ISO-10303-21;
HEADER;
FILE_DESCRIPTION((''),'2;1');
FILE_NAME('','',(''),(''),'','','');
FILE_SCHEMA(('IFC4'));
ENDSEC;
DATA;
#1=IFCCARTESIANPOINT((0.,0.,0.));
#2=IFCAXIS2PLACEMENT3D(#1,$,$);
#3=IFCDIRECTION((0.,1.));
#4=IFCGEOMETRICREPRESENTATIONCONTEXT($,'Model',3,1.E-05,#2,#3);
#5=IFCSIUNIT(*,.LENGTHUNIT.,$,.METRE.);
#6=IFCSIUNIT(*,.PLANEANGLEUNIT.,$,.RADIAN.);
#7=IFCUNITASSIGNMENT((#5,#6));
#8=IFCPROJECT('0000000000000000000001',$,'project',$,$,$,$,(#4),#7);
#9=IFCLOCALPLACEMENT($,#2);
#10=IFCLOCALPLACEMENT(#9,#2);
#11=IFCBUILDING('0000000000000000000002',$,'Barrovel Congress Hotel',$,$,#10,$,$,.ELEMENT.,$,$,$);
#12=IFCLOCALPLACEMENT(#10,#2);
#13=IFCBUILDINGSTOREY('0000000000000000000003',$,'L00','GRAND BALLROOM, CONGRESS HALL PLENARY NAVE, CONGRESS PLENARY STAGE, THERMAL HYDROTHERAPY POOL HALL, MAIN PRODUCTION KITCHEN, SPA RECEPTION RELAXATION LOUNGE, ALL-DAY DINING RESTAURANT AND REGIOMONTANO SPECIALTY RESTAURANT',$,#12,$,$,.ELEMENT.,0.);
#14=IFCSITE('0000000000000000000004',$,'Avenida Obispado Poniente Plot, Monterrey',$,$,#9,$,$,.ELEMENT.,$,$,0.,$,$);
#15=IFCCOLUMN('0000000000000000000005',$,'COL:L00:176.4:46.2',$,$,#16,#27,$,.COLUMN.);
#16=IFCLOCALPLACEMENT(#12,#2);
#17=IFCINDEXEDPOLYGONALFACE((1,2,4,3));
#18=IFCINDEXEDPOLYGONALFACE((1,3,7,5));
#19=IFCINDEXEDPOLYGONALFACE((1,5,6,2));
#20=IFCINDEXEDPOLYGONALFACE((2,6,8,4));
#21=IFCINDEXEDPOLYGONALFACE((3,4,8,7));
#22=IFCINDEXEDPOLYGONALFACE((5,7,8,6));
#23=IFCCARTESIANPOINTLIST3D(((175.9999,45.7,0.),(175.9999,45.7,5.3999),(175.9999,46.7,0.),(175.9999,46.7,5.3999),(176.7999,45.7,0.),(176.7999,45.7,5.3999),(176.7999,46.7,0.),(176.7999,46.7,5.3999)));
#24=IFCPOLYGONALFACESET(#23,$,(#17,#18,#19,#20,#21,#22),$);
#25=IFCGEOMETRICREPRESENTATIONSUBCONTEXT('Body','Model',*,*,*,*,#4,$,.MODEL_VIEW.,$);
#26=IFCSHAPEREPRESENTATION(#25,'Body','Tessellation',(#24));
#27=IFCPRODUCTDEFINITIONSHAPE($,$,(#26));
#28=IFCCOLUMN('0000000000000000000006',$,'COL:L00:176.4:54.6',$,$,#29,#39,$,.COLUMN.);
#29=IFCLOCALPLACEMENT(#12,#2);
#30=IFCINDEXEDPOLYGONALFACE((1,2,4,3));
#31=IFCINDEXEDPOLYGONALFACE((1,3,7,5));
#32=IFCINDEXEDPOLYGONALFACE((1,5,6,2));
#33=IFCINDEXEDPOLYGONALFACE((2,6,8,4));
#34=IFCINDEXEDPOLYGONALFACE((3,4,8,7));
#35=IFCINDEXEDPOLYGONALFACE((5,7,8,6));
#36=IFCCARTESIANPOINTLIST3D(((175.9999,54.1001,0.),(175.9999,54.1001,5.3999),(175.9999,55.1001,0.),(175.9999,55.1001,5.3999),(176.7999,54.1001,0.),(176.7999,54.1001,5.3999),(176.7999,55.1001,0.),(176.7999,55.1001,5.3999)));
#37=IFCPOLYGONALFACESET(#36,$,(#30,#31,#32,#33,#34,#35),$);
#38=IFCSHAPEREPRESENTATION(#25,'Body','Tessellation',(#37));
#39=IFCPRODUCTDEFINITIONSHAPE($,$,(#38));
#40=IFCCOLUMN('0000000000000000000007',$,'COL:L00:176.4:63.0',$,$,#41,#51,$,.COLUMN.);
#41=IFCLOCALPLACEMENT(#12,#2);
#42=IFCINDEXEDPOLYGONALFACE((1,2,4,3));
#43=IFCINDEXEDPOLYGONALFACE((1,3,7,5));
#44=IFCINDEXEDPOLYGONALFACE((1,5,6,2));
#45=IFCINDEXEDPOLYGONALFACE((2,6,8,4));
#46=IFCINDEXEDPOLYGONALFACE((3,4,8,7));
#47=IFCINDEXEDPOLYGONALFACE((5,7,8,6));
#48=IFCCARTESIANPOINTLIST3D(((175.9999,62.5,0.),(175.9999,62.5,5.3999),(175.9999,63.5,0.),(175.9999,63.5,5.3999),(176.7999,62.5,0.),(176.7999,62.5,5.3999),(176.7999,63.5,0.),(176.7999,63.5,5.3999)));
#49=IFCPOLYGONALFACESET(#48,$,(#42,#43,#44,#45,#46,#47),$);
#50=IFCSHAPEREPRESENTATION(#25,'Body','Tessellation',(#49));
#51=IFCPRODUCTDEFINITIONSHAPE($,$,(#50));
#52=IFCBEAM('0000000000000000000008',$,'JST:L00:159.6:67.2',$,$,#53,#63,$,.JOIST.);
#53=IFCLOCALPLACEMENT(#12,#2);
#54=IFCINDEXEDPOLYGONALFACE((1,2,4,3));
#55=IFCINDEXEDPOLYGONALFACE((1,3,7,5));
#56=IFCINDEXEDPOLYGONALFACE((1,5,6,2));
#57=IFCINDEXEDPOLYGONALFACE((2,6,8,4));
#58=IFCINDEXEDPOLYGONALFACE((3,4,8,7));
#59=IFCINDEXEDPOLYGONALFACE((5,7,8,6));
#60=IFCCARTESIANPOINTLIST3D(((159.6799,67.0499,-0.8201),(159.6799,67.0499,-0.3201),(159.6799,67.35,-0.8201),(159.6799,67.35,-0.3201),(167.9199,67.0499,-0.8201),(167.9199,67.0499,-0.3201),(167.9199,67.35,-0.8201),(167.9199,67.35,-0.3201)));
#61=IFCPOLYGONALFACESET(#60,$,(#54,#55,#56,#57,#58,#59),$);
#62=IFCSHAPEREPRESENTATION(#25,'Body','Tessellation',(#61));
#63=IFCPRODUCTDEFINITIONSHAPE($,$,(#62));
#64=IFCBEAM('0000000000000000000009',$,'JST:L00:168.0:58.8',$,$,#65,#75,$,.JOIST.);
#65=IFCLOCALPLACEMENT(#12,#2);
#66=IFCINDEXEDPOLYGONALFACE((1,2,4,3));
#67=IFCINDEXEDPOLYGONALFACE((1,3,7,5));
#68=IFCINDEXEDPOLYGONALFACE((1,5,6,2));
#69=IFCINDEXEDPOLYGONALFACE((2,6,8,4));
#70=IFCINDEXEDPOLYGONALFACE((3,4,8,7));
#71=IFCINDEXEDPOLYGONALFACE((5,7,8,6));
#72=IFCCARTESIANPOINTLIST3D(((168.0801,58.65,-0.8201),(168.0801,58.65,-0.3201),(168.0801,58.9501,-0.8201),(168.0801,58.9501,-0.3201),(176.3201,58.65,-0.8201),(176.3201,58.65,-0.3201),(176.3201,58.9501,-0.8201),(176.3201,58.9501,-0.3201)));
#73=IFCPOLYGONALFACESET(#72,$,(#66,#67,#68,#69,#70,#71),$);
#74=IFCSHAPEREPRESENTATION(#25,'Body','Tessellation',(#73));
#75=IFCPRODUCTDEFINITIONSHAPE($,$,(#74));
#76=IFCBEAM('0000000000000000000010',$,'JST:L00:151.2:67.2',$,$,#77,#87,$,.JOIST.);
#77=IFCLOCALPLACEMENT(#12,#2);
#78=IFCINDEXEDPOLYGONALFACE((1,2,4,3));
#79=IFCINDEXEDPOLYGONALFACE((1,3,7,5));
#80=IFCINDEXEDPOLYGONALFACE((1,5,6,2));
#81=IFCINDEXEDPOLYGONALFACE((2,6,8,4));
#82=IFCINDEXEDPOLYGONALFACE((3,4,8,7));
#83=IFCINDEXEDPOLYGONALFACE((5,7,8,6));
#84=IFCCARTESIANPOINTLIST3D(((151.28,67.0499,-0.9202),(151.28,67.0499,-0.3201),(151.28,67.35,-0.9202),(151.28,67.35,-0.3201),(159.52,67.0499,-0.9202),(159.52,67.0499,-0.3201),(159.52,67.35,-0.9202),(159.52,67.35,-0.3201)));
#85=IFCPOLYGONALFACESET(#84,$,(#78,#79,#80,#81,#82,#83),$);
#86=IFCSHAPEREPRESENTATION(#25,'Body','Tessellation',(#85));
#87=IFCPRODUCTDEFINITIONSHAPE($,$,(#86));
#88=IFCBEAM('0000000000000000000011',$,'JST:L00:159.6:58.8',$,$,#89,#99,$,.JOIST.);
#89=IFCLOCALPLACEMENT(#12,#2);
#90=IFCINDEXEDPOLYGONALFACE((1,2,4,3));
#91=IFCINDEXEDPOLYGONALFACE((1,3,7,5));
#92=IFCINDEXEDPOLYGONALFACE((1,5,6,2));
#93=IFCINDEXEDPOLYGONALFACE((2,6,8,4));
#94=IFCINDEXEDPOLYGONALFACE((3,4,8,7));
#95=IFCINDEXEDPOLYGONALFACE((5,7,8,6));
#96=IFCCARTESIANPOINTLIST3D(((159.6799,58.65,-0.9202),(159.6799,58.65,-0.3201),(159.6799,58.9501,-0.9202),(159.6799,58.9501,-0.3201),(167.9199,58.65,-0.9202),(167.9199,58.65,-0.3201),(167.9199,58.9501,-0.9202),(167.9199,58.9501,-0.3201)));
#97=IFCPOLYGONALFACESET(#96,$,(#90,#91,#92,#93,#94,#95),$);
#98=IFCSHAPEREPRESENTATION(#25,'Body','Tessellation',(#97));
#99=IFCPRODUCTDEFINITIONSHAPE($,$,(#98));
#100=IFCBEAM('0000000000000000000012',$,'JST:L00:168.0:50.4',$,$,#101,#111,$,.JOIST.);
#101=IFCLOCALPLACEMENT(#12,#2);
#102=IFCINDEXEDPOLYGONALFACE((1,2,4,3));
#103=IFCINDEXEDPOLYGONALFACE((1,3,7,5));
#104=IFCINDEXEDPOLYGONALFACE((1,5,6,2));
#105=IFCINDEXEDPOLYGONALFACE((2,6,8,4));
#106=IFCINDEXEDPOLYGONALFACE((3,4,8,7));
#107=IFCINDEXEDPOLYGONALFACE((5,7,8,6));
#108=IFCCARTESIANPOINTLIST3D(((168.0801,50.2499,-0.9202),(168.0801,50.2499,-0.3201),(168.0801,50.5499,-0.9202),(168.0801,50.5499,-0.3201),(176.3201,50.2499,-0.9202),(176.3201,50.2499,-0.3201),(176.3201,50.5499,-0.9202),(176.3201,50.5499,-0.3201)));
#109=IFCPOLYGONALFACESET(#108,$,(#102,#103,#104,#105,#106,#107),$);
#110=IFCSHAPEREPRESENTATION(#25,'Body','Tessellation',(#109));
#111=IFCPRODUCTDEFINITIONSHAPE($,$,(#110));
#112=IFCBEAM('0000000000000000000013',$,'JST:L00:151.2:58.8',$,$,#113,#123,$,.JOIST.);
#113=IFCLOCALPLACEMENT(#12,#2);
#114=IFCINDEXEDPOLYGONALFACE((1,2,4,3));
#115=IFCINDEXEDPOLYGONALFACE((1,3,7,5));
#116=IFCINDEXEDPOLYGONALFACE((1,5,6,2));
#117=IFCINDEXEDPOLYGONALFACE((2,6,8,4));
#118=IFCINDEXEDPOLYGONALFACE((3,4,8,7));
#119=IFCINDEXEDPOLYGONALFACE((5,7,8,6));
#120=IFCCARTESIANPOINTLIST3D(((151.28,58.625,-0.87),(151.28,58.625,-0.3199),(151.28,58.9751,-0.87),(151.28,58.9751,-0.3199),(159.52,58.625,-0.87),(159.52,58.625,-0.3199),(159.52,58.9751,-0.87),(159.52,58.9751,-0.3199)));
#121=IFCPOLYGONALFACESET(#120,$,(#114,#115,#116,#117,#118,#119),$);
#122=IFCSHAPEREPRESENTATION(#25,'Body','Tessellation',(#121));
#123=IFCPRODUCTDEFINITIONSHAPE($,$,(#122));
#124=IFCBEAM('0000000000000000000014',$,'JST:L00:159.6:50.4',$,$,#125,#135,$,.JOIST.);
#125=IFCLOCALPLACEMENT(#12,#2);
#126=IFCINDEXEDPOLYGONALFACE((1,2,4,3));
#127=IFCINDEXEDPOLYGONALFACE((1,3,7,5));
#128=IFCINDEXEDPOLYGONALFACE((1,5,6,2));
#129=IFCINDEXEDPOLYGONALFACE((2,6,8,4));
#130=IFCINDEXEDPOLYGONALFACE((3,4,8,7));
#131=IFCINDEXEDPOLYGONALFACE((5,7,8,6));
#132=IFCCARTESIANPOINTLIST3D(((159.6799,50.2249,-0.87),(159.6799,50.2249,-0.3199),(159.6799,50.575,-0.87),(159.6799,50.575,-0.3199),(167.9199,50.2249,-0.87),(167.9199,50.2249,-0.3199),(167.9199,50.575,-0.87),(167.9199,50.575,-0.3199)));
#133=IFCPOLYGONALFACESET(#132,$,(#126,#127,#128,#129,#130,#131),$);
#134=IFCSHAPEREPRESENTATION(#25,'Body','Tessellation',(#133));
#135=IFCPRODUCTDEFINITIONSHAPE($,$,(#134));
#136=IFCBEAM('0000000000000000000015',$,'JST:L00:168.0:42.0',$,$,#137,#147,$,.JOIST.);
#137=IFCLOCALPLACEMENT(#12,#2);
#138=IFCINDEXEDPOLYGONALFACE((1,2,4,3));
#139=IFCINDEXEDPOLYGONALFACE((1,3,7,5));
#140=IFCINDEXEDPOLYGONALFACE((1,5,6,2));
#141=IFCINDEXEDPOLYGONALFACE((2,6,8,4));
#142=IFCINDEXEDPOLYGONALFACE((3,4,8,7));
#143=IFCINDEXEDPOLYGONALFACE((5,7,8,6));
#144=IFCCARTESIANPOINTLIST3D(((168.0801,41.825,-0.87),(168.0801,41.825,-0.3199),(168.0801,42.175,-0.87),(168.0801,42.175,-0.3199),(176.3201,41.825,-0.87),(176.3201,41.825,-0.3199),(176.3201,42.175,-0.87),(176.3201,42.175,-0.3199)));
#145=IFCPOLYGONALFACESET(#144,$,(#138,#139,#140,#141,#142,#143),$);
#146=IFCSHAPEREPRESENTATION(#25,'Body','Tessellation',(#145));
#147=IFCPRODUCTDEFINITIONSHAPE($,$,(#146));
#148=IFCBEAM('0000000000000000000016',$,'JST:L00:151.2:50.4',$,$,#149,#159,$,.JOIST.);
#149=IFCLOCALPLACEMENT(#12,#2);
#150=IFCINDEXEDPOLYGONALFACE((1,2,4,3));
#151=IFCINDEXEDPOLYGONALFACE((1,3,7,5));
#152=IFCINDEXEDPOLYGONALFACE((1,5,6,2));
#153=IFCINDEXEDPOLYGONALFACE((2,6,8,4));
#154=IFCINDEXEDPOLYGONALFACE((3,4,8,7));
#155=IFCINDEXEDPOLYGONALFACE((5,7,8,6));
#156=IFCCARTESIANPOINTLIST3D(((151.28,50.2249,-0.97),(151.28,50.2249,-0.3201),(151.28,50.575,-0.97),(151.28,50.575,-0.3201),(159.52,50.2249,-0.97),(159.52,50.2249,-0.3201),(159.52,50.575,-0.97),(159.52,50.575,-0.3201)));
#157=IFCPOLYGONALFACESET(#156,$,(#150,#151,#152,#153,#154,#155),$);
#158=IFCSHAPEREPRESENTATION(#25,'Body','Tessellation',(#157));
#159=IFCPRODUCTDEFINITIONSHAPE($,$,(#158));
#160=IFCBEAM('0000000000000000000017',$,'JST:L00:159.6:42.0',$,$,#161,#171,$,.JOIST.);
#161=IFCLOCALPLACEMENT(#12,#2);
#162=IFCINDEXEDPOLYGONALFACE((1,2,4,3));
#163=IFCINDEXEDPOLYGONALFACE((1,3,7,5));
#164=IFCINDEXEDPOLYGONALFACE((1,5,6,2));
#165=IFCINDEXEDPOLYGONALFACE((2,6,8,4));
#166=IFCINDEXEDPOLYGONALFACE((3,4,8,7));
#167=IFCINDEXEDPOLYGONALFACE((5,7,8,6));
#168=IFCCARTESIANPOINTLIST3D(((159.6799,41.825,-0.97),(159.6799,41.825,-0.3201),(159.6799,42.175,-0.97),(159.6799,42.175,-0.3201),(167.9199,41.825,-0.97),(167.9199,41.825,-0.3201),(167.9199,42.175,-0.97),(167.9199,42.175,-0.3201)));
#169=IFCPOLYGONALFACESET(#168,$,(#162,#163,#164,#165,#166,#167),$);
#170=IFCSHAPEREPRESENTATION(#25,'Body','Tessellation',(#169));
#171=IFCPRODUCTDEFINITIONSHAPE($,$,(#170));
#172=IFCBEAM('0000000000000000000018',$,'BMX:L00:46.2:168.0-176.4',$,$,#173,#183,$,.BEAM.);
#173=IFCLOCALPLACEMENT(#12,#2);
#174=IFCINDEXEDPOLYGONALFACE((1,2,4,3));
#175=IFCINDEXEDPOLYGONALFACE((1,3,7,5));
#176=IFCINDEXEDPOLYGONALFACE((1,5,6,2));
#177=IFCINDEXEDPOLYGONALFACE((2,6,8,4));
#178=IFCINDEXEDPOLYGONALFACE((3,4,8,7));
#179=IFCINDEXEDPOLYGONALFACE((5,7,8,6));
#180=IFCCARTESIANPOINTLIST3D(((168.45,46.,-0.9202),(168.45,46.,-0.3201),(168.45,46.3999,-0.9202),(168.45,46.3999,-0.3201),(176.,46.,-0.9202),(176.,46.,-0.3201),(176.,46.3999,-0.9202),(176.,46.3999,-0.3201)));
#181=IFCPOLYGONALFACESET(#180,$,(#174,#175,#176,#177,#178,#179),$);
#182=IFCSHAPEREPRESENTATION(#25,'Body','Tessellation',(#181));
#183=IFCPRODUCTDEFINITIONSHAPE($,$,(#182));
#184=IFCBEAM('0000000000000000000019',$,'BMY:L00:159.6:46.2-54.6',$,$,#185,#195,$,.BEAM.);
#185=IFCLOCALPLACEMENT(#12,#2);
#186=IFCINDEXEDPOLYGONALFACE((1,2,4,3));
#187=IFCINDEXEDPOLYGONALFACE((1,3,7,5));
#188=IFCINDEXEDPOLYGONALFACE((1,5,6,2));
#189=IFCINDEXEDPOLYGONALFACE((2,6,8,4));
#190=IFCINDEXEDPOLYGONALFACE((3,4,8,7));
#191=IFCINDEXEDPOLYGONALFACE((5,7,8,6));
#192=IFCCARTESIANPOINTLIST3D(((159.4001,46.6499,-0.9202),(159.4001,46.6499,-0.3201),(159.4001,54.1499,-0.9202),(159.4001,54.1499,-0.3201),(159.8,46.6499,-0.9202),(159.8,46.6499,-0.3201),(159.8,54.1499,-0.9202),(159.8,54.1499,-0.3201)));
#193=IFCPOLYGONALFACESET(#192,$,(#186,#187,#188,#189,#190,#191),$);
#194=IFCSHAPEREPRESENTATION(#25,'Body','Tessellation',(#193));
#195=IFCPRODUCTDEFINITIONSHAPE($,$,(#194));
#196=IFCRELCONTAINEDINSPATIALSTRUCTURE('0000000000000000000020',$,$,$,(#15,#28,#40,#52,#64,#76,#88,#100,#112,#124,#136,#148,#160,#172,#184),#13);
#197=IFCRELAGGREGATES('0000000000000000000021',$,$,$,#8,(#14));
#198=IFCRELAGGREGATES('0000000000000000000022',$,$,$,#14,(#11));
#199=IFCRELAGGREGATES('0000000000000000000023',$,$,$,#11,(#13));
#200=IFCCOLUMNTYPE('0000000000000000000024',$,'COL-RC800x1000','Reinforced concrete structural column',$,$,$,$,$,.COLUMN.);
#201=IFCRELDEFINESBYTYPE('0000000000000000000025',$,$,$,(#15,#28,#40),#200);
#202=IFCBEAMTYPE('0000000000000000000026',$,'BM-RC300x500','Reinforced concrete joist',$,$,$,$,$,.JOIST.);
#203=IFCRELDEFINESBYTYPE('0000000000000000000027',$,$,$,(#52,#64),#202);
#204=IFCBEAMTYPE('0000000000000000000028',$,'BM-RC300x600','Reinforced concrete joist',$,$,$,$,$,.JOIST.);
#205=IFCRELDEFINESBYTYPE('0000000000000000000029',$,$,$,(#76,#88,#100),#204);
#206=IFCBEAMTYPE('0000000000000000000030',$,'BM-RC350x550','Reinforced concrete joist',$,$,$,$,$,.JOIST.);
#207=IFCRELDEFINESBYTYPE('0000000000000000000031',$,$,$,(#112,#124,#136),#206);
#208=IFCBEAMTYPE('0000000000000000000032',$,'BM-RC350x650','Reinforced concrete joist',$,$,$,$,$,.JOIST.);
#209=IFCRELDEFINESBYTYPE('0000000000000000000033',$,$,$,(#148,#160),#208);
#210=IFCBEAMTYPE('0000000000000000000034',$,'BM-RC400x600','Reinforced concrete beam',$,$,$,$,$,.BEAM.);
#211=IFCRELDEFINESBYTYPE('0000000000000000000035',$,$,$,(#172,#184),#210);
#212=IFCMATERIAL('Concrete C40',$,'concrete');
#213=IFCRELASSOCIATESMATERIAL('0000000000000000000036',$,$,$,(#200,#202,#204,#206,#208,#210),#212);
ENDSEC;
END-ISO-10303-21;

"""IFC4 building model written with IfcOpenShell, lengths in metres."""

from ifc_helpers import new_model, si_unit, direction, frame, origin, origin_2d, place, context, subcontext, project, spatial, rectangle, extrude, material, material_profile, profile_set, type_object, element, save


model = new_model("IFC4")

# Units and contexts
model_context = context("Model", 3, precision=1e-05, world=origin(), true_north=direction((0.0, 1.0)))
body_context = subcontext(model_context, "Body", "Model", "MODEL_VIEW")
ifc_project = project(units=[si_unit("LENGTHUNIT", "METRE"), si_unit("PLANEANGLEUNIT", "RADIAN")], contexts=[model_context])

# Site, building, storey
site_placement = place(None, origin())
site = spatial("IfcSite", under=ifc_project, at=site_placement, Name="Avenida Obispado Poniente Plot, Monterrey", CompositionType="ELEMENT", RefElevation=0.0)
building_placement = place(site_placement, origin())
building = spatial("IfcBuilding", under=site, at=building_placement, Name="Barrovel Congress Hotel", CompositionType="ELEMENT")
storey_placement = place(building_placement, origin())
storey = spatial("IfcBuildingStorey", under=building, at=storey_placement, Name="L00", Description="GRAND BALLROOM, CONGRESS HALL PLENARY NAVE, CONGRESS PLENARY STAGE, THERMAL HYDROTHERAPY POOL HALL, MAIN PRODUCTION KITCHEN, SPA RECEPTION RELAXATION LOUNGE, ALL-DAY DINING RESTAURANT AND REGIOMONTANO SPECIALTY RESTAURANT", CompositionType="ELEMENT", Elevation=0.0)

# Columns
ifc_material_1 = material(Name="Concrete C40", Category="concrete")
ifc_material_profile_1 = material_profile(ifc_material_1, rectangle(XDim=0.8, YDim=1.0, at=origin_2d()), Name="RC800x1000")
ifc_profile_set_1 = profile_set([ifc_material_profile_1], Name="Concrete C40")
column_type = type_object("IfcColumnType", Name="COL-RC800x1000", Description="Reinforced concrete structural column", PredefinedType="COLUMN", material=ifc_profile_set_1)
for number, where, z_axis, x_axis, name in (
    (1, (176.3999, 46.2, 0.0), (0.0, 0.0, 1.0), (1.0, 0.0, 0.0), "COL:L00:176.4:46.2"),
    (2, (176.3999, 54.6001, 0.0), (0.0, 0.0, 1.0), (1.0, 0.0, 0.0), "COL:L00:176.4:54.6"),
    (3, (176.3999, 63.0, 0.0), (0.0, 0.0, 1.0), (1.0, 0.0, 0.0), "COL:L00:176.4:63.0"),
):
    element("IfcColumn", number, at=place(storey_placement, frame(where, z_axis=z_axis, x_axis=x_axis)), inside=storey, type_object=column_type, Name=name, PredefinedType="COLUMN", context=body_context, shape_type="SweptSolid", body=[
        extrude(rectangle(XDim=0.8, YDim=1.0, at=origin_2d()), origin(), (0.0, 0.0, 1.0), 5.3999),
    ])

# Beams
ifc_material_profile_2 = material_profile(ifc_material_1, rectangle(XDim=0.3, YDim=0.5, at=origin_2d()), Name="RC300x500")
ifc_profile_set_2 = profile_set([ifc_material_profile_2], Name="Concrete C40")
beam_type_1 = type_object("IfcBeamType", Name="BM-RC300x500", Description="Reinforced concrete joist", PredefinedType="JOIST", material=ifc_profile_set_2)
for number, where, z_axis, x_axis, name in (
    (4, (159.6799, 67.2, -0.5701), (1.0, 0.0, 0.0), (0.0, 1.0, 0.0), "JST:L00:159.6:67.2"),
    (5, (168.0801, 58.8, -0.5701), (1.0, 0.0, 0.0), (0.0, 1.0, 0.0), "JST:L00:168.0:58.8"),
):
    element("IfcBeam", number, at=place(storey_placement, frame(where, z_axis=z_axis, x_axis=x_axis)), inside=storey, type_object=beam_type_1, Name=name, PredefinedType="JOIST", context=body_context, shape_type="SweptSolid", body=[
        extrude(rectangle(XDim=0.3, YDim=0.5, at=origin_2d()), origin(), (0.0, 0.0, 1.0), 8.24),
    ])
ifc_material_profile_3 = material_profile(ifc_material_1, rectangle(XDim=0.3, YDim=0.6001, at=origin_2d()), Name="RC300x600")
ifc_profile_set_3 = profile_set([ifc_material_profile_3], Name="Concrete C40")
beam_type_2 = type_object("IfcBeamType", Name="BM-RC300x600", Description="Reinforced concrete joist", PredefinedType="JOIST", material=ifc_profile_set_3)
for number, where, z_axis, x_axis, name in (
    (6, (151.28, 67.2, -0.6201), (1.0, 0.0, 0.0), (0.0, 1.0, 0.0), "JST:L00:151.2:67.2"),
    (7, (159.6799, 58.8, -0.6201), (1.0, 0.0, 0.0), (0.0, 1.0, 0.0), "JST:L00:159.6:58.8"),
    (8, (168.0801, 50.3999, -0.6201), (1.0, 0.0, 0.0), (0.0, 1.0, 0.0), "JST:L00:168.0:50.4"),
):
    element("IfcBeam", number, at=place(storey_placement, frame(where, z_axis=z_axis, x_axis=x_axis)), inside=storey, type_object=beam_type_2, Name=name, PredefinedType="JOIST", context=body_context, shape_type="SweptSolid", body=[
        extrude(rectangle(XDim=0.3, YDim=0.6001, at=origin_2d()), origin(), (0.0, 0.0, 1.0), 8.24),
    ])
ifc_material_profile_4 = material_profile(ifc_material_1, rectangle(XDim=0.3501, YDim=0.55, at=origin_2d()), Name="RC350x550")
ifc_profile_set_4 = profile_set([ifc_material_profile_4], Name="Concrete C40")
beam_type_3 = type_object("IfcBeamType", Name="BM-RC350x550", Description="Reinforced concrete joist", PredefinedType="JOIST", material=ifc_profile_set_4)
for number, where, z_axis, x_axis, name in (
    (9, (151.28, 58.8, -0.595), (1.0, 0.0, 0.0), (0.0, 1.0, 0.0), "JST:L00:151.2:58.8"),
    (10, (159.6799, 50.3999, -0.595), (1.0, 0.0, 0.0), (0.0, 1.0, 0.0), "JST:L00:159.6:50.4"),
    (11, (168.0801, 42.0, -0.595), (1.0, 0.0, 0.0), (0.0, 1.0, 0.0), "JST:L00:168.0:42.0"),
):
    element("IfcBeam", number, at=place(storey_placement, frame(where, z_axis=z_axis, x_axis=x_axis)), inside=storey, type_object=beam_type_3, Name=name, PredefinedType="JOIST", context=body_context, shape_type="SweptSolid", body=[
        extrude(rectangle(XDim=0.3501, YDim=0.55, at=origin_2d()), origin(), (0.0, 0.0, 1.0), 8.24),
    ])
ifc_material_profile_5 = material_profile(ifc_material_1, rectangle(XDim=0.3501, YDim=0.6499, at=origin_2d()), Name="RC350x650")
ifc_profile_set_5 = profile_set([ifc_material_profile_5], Name="Concrete C40")
beam_type_4 = type_object("IfcBeamType", Name="BM-RC350x650", Description="Reinforced concrete joist", PredefinedType="JOIST", material=ifc_profile_set_5)
for number, where, z_axis, x_axis, name in (
    (12, (151.28, 50.3999, -0.645), (1.0, 0.0, 0.0), (0.0, 1.0, 0.0), "JST:L00:151.2:50.4"),
    (13, (159.6799, 42.0, -0.645), (1.0, 0.0, 0.0), (0.0, 1.0, 0.0), "JST:L00:159.6:42.0"),
):
    element("IfcBeam", number, at=place(storey_placement, frame(where, z_axis=z_axis, x_axis=x_axis)), inside=storey, type_object=beam_type_4, Name=name, PredefinedType="JOIST", context=body_context, shape_type="SweptSolid", body=[
        extrude(rectangle(XDim=0.3501, YDim=0.6499, at=origin_2d()), origin(), (0.0, 0.0, 1.0), 8.24),
    ])
ifc_material_profile_6 = material_profile(ifc_material_1, rectangle(XDim=0.3999, YDim=0.6001, at=origin_2d()), Name="RC400x600")
ifc_profile_set_6 = profile_set([ifc_material_profile_6], Name="Concrete C40")
beam_type_5 = type_object("IfcBeamType", Name="BM-RC400x600", Description="Reinforced concrete beam", PredefinedType="BEAM", material=ifc_profile_set_6)
beam_1_placement = place(storey_placement, frame((168.45, 46.2, -0.6201), z_axis=(1.0, 0.0, 0.0), x_axis=(0.0, 1.0, 0.0)))
element("IfcBeam", 14, at=beam_1_placement, inside=storey, type_object=beam_type_5, Name="BMX:L00:46.2:168.0-176.4", PredefinedType="BEAM", context=body_context, shape_type="SweptSolid", body=[
    extrude(rectangle(XDim=0.3999, YDim=0.6001, at=origin_2d()), origin(), (0.0, 0.0, 1.0), 7.55),
])
beam_2_placement = place(storey_placement, frame((159.6001, 46.6499, -0.6201), z_axis=(0.0, 1.0, 0.0), x_axis=(-1.0, 0.0, 0.0)))
element("IfcBeam", 15, at=beam_2_placement, inside=storey, type_object=beam_type_5, Name="BMY:L00:159.6:46.2-54.6", PredefinedType="BEAM", context=body_context, shape_type="SweptSolid", body=[
    extrude(rectangle(XDim=0.3999, YDim=0.6001, at=origin_2d()), origin(), (0.0, 0.0, 1.0), 7.5),
])

save(model, "model.ifc")
